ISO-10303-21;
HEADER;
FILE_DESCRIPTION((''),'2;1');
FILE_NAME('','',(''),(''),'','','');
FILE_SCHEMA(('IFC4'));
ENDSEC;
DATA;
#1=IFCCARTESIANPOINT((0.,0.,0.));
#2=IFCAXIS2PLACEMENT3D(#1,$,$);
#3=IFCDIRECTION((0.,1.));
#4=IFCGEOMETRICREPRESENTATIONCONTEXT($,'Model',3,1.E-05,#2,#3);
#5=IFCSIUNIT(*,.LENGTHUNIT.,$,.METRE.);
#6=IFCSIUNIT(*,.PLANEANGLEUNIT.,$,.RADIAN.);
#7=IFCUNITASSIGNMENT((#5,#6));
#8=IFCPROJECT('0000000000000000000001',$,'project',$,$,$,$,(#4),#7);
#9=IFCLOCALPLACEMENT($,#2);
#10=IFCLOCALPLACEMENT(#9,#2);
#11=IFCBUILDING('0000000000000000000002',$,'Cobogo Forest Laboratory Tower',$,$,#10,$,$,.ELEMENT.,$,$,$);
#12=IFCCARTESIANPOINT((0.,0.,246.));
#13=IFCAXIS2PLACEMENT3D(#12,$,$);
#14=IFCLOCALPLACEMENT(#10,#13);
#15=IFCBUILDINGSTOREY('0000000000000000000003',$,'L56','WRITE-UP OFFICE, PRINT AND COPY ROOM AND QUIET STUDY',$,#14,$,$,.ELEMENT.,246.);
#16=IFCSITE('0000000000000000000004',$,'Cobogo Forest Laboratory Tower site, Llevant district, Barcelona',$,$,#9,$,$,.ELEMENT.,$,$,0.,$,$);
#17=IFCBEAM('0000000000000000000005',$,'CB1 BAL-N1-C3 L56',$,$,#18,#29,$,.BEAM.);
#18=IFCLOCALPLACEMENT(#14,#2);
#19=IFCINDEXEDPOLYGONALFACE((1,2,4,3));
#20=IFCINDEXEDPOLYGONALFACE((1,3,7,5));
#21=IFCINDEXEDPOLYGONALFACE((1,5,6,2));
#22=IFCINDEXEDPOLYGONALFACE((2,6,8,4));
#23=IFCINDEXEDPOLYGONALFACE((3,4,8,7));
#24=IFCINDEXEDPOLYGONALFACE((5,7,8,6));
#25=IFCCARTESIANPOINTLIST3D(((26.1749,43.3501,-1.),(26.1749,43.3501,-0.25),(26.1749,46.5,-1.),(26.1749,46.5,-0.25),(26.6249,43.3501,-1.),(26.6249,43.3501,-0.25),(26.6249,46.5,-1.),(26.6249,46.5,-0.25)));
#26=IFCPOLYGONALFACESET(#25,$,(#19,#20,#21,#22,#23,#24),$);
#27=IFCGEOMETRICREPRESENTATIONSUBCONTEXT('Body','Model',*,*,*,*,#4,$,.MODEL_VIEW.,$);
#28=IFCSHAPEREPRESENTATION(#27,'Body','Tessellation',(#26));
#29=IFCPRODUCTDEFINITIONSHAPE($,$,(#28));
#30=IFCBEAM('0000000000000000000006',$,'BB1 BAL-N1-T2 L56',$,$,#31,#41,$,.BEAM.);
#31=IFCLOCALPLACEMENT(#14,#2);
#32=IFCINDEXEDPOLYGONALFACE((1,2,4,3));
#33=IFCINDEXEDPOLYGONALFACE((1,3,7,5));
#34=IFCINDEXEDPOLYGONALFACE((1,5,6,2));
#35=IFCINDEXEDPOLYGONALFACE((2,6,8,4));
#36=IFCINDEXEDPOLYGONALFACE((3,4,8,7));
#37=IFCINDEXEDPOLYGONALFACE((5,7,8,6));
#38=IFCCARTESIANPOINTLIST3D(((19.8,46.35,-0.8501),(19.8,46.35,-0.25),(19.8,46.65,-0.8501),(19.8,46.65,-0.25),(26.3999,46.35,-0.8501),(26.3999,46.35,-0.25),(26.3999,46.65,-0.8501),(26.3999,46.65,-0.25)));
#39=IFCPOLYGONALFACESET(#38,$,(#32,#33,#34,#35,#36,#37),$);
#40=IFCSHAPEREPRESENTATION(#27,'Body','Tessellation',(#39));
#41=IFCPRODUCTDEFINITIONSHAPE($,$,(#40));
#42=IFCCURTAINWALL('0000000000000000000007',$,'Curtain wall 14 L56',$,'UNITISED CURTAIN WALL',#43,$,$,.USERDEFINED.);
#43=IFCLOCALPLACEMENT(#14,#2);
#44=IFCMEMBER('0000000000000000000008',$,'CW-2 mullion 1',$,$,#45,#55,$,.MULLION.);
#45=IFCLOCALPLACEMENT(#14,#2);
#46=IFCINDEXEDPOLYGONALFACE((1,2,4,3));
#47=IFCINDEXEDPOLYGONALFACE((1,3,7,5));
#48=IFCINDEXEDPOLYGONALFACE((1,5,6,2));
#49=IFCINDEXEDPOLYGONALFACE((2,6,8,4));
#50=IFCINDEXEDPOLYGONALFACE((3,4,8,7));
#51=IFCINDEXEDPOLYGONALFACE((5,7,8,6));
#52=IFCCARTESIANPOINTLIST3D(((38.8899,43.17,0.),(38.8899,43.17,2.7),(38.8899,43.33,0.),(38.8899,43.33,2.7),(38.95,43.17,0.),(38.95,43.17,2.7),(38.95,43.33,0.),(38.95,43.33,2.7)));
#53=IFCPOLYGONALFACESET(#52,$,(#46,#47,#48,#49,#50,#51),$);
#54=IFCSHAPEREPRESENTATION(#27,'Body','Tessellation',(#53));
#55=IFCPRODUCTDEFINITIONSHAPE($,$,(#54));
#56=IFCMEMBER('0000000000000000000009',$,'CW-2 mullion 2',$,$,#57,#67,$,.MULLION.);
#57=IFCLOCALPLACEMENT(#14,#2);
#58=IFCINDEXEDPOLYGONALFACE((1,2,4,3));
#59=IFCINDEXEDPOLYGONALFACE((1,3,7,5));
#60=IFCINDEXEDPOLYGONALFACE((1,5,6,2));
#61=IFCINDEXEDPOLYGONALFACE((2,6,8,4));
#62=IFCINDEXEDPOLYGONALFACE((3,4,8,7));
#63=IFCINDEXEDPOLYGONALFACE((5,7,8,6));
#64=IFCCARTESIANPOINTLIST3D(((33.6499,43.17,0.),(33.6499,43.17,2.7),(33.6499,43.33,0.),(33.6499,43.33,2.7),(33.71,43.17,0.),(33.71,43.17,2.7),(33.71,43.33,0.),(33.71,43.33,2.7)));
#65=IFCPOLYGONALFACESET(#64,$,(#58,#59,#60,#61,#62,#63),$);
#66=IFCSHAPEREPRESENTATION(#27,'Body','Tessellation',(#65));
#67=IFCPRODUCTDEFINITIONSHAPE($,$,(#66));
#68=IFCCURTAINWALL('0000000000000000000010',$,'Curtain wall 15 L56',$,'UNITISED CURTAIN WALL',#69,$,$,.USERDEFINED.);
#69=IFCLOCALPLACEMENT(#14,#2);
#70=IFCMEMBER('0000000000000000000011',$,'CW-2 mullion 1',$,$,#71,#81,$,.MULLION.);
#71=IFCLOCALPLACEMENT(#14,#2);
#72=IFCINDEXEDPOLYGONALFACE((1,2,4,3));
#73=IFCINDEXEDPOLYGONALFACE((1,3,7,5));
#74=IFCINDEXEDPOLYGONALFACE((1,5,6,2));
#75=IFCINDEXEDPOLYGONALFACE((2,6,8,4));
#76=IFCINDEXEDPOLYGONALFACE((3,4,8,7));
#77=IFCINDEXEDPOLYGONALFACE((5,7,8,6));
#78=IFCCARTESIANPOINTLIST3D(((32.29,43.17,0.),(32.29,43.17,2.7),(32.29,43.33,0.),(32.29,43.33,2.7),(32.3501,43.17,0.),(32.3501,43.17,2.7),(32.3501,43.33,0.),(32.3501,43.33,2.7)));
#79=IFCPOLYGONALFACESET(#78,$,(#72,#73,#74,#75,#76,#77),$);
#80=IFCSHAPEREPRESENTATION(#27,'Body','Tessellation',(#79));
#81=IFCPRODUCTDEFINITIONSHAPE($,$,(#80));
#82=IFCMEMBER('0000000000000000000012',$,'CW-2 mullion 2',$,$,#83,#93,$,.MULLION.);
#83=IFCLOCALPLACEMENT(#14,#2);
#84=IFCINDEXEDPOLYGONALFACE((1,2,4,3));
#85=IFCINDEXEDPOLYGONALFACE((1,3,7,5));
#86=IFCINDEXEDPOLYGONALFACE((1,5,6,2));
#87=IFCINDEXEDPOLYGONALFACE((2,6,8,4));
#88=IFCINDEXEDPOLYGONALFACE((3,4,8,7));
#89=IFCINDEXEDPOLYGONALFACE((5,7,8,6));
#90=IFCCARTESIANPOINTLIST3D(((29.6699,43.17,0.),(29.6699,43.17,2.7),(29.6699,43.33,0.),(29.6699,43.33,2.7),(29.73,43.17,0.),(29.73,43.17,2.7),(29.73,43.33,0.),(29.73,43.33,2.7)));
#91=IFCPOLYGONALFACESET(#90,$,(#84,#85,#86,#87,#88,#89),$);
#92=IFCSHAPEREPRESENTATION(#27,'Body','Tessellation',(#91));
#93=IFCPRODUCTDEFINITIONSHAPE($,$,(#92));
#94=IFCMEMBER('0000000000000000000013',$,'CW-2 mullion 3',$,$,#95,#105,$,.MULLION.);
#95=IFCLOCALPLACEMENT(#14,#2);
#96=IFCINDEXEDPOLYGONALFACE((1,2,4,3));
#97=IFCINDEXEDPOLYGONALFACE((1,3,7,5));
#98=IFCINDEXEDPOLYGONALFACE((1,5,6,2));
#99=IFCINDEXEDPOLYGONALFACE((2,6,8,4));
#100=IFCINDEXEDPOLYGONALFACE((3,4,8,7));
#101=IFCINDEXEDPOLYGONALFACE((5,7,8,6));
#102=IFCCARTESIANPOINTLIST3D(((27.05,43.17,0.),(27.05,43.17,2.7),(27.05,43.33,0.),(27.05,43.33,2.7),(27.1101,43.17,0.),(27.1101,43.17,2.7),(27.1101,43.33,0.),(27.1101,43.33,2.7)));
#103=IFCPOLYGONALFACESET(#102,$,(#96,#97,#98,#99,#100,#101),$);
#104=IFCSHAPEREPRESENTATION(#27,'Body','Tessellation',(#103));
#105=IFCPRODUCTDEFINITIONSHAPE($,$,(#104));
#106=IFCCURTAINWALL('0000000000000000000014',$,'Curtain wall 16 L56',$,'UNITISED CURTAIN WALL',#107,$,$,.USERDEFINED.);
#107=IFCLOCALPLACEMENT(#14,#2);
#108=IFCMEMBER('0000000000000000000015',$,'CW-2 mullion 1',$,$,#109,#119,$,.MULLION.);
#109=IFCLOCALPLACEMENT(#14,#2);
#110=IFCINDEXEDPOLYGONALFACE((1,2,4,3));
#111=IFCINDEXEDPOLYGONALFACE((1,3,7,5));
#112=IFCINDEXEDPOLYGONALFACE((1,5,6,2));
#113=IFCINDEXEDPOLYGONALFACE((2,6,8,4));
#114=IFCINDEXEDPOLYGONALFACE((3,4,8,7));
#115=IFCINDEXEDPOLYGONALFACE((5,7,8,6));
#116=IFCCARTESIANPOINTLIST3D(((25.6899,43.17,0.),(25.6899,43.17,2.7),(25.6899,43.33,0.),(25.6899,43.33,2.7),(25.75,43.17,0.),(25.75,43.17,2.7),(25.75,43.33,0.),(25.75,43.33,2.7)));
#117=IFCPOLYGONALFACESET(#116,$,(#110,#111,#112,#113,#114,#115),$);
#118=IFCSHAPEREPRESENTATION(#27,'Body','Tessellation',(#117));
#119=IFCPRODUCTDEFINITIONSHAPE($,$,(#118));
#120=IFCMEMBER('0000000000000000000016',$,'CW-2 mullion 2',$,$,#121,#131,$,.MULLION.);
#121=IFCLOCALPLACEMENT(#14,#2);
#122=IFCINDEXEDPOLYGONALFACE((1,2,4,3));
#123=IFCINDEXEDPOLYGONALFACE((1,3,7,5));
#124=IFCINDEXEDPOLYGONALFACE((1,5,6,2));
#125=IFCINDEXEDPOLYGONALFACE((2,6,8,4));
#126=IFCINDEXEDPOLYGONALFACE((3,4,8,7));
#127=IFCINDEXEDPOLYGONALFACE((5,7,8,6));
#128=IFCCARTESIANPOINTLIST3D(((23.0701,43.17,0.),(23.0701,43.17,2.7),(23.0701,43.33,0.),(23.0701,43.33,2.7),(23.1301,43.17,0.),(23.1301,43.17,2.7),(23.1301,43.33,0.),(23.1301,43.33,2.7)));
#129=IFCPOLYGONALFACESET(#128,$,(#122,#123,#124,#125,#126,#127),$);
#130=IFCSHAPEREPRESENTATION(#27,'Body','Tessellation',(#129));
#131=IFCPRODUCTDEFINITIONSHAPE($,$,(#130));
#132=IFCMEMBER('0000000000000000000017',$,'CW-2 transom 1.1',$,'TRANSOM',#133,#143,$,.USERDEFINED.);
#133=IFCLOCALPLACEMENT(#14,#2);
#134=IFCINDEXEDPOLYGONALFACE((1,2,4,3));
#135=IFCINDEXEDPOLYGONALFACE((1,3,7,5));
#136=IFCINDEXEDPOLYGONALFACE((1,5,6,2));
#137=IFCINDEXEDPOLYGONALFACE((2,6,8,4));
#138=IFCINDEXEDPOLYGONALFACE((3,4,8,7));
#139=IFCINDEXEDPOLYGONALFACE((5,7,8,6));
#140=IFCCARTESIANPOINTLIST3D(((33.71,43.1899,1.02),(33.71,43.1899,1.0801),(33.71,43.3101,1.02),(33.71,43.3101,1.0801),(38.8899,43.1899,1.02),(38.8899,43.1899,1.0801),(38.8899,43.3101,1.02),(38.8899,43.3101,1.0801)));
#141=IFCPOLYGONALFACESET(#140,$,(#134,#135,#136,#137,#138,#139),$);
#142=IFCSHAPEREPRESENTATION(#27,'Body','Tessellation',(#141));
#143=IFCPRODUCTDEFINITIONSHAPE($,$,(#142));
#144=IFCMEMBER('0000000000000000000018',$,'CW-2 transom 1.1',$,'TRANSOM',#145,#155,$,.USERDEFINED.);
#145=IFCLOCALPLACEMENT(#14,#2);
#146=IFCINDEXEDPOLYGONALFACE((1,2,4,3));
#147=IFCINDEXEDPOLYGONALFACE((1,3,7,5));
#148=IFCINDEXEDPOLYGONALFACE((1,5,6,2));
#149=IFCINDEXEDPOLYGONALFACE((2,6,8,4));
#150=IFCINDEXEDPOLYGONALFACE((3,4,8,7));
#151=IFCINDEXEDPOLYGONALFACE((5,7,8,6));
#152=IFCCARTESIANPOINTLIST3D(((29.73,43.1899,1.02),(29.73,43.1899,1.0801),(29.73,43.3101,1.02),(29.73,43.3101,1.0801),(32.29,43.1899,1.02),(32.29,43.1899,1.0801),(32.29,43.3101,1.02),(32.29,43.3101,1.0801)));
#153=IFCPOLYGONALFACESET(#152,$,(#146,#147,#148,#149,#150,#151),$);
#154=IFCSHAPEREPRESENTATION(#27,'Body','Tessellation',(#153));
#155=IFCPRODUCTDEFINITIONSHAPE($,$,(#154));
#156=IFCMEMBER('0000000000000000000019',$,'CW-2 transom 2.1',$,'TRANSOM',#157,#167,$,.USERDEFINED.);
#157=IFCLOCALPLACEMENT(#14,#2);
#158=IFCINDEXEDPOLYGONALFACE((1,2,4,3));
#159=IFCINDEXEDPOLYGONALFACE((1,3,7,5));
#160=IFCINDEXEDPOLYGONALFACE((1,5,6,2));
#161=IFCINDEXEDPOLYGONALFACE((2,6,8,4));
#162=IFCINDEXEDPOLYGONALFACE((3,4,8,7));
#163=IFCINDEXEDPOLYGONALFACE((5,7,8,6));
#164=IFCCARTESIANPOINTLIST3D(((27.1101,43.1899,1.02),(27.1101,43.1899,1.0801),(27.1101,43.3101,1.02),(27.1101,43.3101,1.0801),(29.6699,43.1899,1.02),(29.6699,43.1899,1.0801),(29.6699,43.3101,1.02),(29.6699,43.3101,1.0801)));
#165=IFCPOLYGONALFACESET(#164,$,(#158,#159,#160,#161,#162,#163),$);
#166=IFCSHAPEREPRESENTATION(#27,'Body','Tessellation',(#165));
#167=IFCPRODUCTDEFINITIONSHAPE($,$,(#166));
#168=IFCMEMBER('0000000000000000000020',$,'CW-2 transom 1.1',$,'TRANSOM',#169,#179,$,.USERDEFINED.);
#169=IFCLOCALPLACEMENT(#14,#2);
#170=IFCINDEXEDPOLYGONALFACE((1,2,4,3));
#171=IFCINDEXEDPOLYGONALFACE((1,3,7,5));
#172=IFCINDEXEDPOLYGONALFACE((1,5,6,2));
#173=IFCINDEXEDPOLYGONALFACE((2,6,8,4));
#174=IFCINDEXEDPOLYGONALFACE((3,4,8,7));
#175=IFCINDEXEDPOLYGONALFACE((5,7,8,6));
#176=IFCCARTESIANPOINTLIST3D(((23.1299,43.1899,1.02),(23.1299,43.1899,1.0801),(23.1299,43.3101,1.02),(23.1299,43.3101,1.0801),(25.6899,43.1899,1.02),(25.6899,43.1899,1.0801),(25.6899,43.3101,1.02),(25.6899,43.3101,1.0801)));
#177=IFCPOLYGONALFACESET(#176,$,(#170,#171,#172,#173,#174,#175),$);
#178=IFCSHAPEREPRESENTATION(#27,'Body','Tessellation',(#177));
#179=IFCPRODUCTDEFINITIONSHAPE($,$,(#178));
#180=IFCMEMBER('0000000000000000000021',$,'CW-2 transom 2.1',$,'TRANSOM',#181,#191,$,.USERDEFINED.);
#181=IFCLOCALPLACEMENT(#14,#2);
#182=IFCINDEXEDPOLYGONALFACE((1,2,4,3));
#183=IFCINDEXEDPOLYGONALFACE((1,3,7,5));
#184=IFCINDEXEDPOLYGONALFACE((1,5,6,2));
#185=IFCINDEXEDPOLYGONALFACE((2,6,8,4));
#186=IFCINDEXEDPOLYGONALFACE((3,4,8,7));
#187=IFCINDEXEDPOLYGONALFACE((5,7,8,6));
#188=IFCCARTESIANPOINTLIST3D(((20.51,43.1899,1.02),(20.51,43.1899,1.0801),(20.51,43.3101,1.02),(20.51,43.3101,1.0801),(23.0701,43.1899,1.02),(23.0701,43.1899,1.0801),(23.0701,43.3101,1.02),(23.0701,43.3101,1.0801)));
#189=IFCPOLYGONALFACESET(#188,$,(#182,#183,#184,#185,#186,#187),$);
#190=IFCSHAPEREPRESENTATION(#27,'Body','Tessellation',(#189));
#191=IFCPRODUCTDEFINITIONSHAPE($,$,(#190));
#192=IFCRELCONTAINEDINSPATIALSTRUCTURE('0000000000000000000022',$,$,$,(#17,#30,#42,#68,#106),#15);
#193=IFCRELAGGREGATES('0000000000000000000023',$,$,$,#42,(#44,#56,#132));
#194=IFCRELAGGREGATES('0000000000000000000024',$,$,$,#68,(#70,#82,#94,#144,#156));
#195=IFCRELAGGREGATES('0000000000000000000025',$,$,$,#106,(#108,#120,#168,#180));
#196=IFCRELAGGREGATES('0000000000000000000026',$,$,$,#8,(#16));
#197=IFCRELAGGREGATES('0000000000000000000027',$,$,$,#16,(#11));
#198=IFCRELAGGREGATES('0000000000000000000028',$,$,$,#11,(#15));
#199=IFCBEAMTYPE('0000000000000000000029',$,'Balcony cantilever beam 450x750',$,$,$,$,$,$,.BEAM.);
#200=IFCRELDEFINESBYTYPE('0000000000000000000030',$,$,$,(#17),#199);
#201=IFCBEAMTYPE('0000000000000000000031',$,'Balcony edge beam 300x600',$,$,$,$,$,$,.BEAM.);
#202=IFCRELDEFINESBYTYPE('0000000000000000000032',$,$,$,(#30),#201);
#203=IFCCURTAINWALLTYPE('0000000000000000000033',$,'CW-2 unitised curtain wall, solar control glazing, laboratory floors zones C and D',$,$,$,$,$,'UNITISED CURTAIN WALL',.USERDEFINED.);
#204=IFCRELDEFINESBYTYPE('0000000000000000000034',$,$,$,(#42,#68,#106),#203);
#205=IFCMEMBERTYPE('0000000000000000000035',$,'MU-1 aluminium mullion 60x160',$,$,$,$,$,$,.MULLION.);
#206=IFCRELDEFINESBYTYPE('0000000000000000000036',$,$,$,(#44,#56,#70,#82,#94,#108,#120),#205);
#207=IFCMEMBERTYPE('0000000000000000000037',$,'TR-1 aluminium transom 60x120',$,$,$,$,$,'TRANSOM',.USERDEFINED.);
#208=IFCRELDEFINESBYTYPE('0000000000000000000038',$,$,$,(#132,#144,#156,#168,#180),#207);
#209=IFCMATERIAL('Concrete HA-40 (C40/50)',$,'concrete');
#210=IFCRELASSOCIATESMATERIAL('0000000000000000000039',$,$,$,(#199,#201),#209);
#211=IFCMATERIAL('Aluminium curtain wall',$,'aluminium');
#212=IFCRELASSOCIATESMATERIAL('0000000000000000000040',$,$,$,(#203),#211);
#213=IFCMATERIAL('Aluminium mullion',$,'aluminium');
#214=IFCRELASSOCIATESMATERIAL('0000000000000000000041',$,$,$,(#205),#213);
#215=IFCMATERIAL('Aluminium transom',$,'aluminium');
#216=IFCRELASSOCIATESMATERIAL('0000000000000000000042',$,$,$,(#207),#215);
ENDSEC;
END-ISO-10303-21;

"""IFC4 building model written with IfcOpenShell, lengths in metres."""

from ifc_helpers import new_model, si_unit, direction, frame, origin, origin_2d, place, context, subcontext, project, spatial, rectangle, extrude, material, material_profile, profile_set, type_object, element, aggregate, save


model = new_model("IFC4")

# Units and contexts
model_context = context("Model", 3, precision=1e-05, world=origin(), true_north=direction((0.0, 1.0)))
body_context = subcontext(model_context, "Body", "Model", "MODEL_VIEW")
ifc_project = project(units=[si_unit("LENGTHUNIT", "METRE"), si_unit("PLANEANGLEUNIT", "RADIAN")], contexts=[model_context])

# Site, building, storey
site_placement = place(None, origin())
site = spatial("IfcSite", under=ifc_project, at=site_placement, Name="Cobogo Forest Laboratory Tower site, Llevant district, Barcelona", CompositionType="ELEMENT", RefElevation=0.0)
building_placement = place(site_placement, origin())
building = spatial("IfcBuilding", under=site, at=building_placement, Name="Cobogo Forest Laboratory Tower", CompositionType="ELEMENT")
storey_placement = place(building_placement, frame((0.0, 0.0, 246.0)))
storey = spatial("IfcBuildingStorey", under=building, at=storey_placement, Name="L56", Description="WRITE-UP OFFICE, PRINT AND COPY ROOM AND QUIET STUDY", CompositionType="ELEMENT", Elevation=246.0)

# Beams
ifc_material_1 = material(Name="Concrete HA-40 (C40/50)", Category="concrete")
ifc_material_profile_1 = material_profile(ifc_material_1, rectangle(XDim=0.45, YDim=0.75, at=origin_2d()), Name="RC 450x750")
ifc_profile_set_1 = profile_set([ifc_material_profile_1], Name="Concrete HA-40 (C40/50)")
beam_type_1 = type_object("IfcBeamType", Name="Balcony cantilever beam 450x750", PredefinedType="BEAM", material=ifc_profile_set_1)
beam_1_placement = place(storey_placement, frame((26.3999, 43.3501, -0.625), z_axis=(0.0, 1.0, 0.0), x_axis=(-1.0, 0.0, 0.0)))
element("IfcBeam", 1, at=beam_1_placement, inside=storey, type_object=beam_type_1, Name="CB1 BAL-N1-C3 L56", PredefinedType="BEAM", context=body_context, shape_type="SweptSolid", body=[
    extrude(rectangle(XDim=0.45, YDim=0.75, at=origin_2d()), origin(), (0.0, 0.0, 1.0), 3.1499),
])
ifc_material_profile_2 = material_profile(ifc_material_1, rectangle(XDim=0.3, YDim=0.6001, at=origin_2d()), Name="RC 300x600")
ifc_profile_set_2 = profile_set([ifc_material_profile_2], Name="Concrete HA-40 (C40/50)")
beam_type_2 = type_object("IfcBeamType", Name="Balcony edge beam 300x600", PredefinedType="BEAM", material=ifc_profile_set_2)
beam_2_placement = place(storey_placement, frame((19.8, 46.5, -0.55), z_axis=(1.0, 0.0, 0.0), x_axis=(0.0, 1.0, 0.0)))
element("IfcBeam", 2, at=beam_2_placement, inside=storey, type_object=beam_type_2, Name="BB1 BAL-N1-T2 L56", PredefinedType="BEAM", context=body_context, shape_type="SweptSolid", body=[
    extrude(rectangle(XDim=0.3, YDim=0.6001, at=origin_2d()), origin(), (0.0, 0.0, 1.0), 6.5999),
])

# Curtain walls, members
ifc_material_2 = material(Name="Aluminium curtain wall", Category="aluminium")
curtain_wall_type = type_object("IfcCurtainWallType", Name="CW-2 unitised curtain wall, solar control glazing, laboratory floors zones C and D", ElementType="UNITISED CURTAIN WALL", PredefinedType="USERDEFINED", material=ifc_material_2)
curtain_wall_1_placement = place(storey_placement, origin())
curtain_wall_1 = element("IfcCurtainWall", 3, at=curtain_wall_1_placement, inside=storey, type_object=curtain_wall_type, Name="Curtain wall 14 L56", ObjectType="UNITISED CURTAIN WALL", PredefinedType="USERDEFINED")
ifc_material_3 = material(Name="Aluminium mullion", Category="aluminium")
ifc_material_profile_3 = material_profile(ifc_material_3, rectangle(XDim=0.0601, YDim=0.1599, at=origin_2d()), Name="AL 60x160")
ifc_profile_set_3 = profile_set([ifc_material_profile_3], Name="Aluminium mullion")
member_type_1 = type_object("IfcMemberType", Name="MU-1 aluminium mullion 60x160", PredefinedType="MULLION", material=ifc_profile_set_3)
member_1_placement = place(storey_placement, frame((38.9199, 43.25, 0.0), z_axis=(0.0, 0.0, 1.0), x_axis=(-1.0, 0.0, 0.0)))
member_1 = element("IfcMember", 4, at=member_1_placement, type_object=member_type_1, Name="CW-2 mullion 1", PredefinedType="MULLION", context=body_context, shape_type="SweptSolid", body=[
    extrude(rectangle(XDim=0.0601, YDim=0.1599, at=origin_2d()), origin(), (0.0, 0.0, 1.0), 2.7),
])
member_2_placement = place(storey_placement, frame((33.6799, 43.25, 0.0), z_axis=(0.0, 0.0, 1.0), x_axis=(-1.0, 0.0, 0.0)))
member_2 = element("IfcMember", 5, at=member_2_placement, type_object=member_type_1, Name="CW-2 mullion 2", PredefinedType="MULLION", context=body_context, shape_type="SweptSolid", body=[
    extrude(rectangle(XDim=0.0601, YDim=0.1599, at=origin_2d()), origin(), (0.0, 0.0, 1.0), 2.7),
])
curtain_wall_2_placement = place(storey_placement, origin())
curtain_wall_2 = element("IfcCurtainWall", 6, at=curtain_wall_2_placement, inside=storey, type_object=curtain_wall_type, Name="Curtain wall 15 L56", ObjectType="UNITISED CURTAIN WALL", PredefinedType="USERDEFINED")
member_3_placement = place(storey_placement, frame((32.3201, 43.25, 0.0), z_axis=(0.0, 0.0, 1.0), x_axis=(-1.0, 0.0, 0.0)))
member_3 = element("IfcMember", 7, at=member_3_placement, type_object=member_type_1, Name="CW-2 mullion 1", PredefinedType="MULLION", context=body_context, shape_type="SweptSolid", body=[
    extrude(rectangle(XDim=0.0601, YDim=0.1599, at=origin_2d()), origin(), (0.0, 0.0, 1.0), 2.7),
])
member_4_placement = place(storey_placement, frame((29.7, 43.25, 0.0), z_axis=(0.0, 0.0, 1.0), x_axis=(-1.0, 0.0, 0.0)))
member_4 = element("IfcMember", 8, at=member_4_placement, type_object=member_type_1, Name="CW-2 mullion 2", PredefinedType="MULLION", context=body_context, shape_type="SweptSolid", body=[
    extrude(rectangle(XDim=0.0601, YDim=0.1599, at=origin_2d()), origin(), (0.0, 0.0, 1.0), 2.7),
])
member_5_placement = place(storey_placement, frame((27.0801, 43.25, 0.0), z_axis=(0.0, 0.0, 1.0), x_axis=(-1.0, 0.0, 0.0)))
member_5 = element("IfcMember", 9, at=member_5_placement, type_object=member_type_1, Name="CW-2 mullion 3", PredefinedType="MULLION", context=body_context, shape_type="SweptSolid", body=[
    extrude(rectangle(XDim=0.0601, YDim=0.1599, at=origin_2d()), origin(), (0.0, 0.0, 1.0), 2.7),
])
curtain_wall_3_placement = place(storey_placement, origin())
curtain_wall_3 = element("IfcCurtainWall", 10, at=curtain_wall_3_placement, inside=storey, type_object=curtain_wall_type, Name="Curtain wall 16 L56", ObjectType="UNITISED CURTAIN WALL", PredefinedType="USERDEFINED")
member_6_placement = place(storey_placement, frame((25.72, 43.25, 0.0), z_axis=(0.0, 0.0, 1.0), x_axis=(-1.0, 0.0, 0.0)))
member_6 = element("IfcMember", 11, at=member_6_placement, type_object=member_type_1, Name="CW-2 mullion 1", PredefinedType="MULLION", context=body_context, shape_type="SweptSolid", body=[
    extrude(rectangle(XDim=0.0601, YDim=0.1599, at=origin_2d()), origin(), (0.0, 0.0, 1.0), 2.7),
])
member_7_placement = place(storey_placement, frame((23.1001, 43.25, 0.0), z_axis=(0.0, 0.0, 1.0), x_axis=(-1.0, 0.0, 0.0)))
member_7 = element("IfcMember", 12, at=member_7_placement, type_object=member_type_1, Name="CW-2 mullion 2", PredefinedType="MULLION", context=body_context, shape_type="SweptSolid", body=[
    extrude(rectangle(XDim=0.0601, YDim=0.1599, at=origin_2d()), origin(), (0.0, 0.0, 1.0), 2.7),
])

# Members
ifc_material_4 = material(Name="Aluminium transom", Category="aluminium")
ifc_material_profile_4 = material_profile(ifc_material_4, rectangle(XDim=0.1201, YDim=0.0601, at=origin_2d()), Name="AL 60x120")
ifc_profile_set_4 = profile_set([ifc_material_profile_4], Name="Aluminium transom")
member_type_2 = type_object("IfcMemberType", Name="TR-1 aluminium transom 60x120", ElementType="TRANSOM", PredefinedType="USERDEFINED", material=ifc_profile_set_4)
member_8_placement = place(storey_placement, frame((38.8899, 43.25, 1.05), z_axis=(-1.0, 0.0, 0.0), x_axis=(0.0, -1.0, 0.0)))
member_8 = element("IfcMember", 13, at=member_8_placement, type_object=member_type_2, Name="CW-2 transom 1.1", ObjectType="TRANSOM", PredefinedType="USERDEFINED", context=body_context, shape_type="SweptSolid", body=[
    extrude(rectangle(XDim=0.1201, YDim=0.0601, at=origin_2d()), origin(), (0.0, 0.0, 1.0), 5.1799),
])
member_9_placement = place(storey_placement, frame((32.29, 43.25, 1.05), z_axis=(-1.0, 0.0, 0.0), x_axis=(0.0, -1.0, 0.0)))
member_9 = element("IfcMember", 14, at=member_9_placement, type_object=member_type_2, Name="CW-2 transom 1.1", ObjectType="TRANSOM", PredefinedType="USERDEFINED", context=body_context, shape_type="SweptSolid", body=[
    extrude(rectangle(XDim=0.1201, YDim=0.0601, at=origin_2d()), origin(), (0.0, 0.0, 1.0), 2.5601),
])
member_10_placement = place(storey_placement, frame((29.6699, 43.25, 1.05), z_axis=(-1.0, 0.0, 0.0), x_axis=(0.0, -1.0, 0.0)))
member_10 = element("IfcMember", 15, at=member_10_placement, type_object=member_type_2, Name="CW-2 transom 2.1", ObjectType="TRANSOM", PredefinedType="USERDEFINED", context=body_context, shape_type="SweptSolid", body=[
    extrude(rectangle(XDim=0.1201, YDim=0.0601, at=origin_2d()), origin(), (0.0, 0.0, 1.0), 2.5598),
])
member_11_placement = place(storey_placement, frame((25.6899, 43.25, 1.05), z_axis=(-1.0, 0.0, 0.0), x_axis=(0.0, -1.0, 0.0)))
member_11 = element("IfcMember", 16, at=member_11_placement, type_object=member_type_2, Name="CW-2 transom 1.1", ObjectType="TRANSOM", PredefinedType="USERDEFINED", context=body_context, shape_type="SweptSolid", body=[
    extrude(rectangle(XDim=0.1201, YDim=0.0601, at=origin_2d()), origin(), (0.0, 0.0, 1.0), 2.5601),
])
member_12_placement = place(storey_placement, frame((23.0701, 43.25, 1.05), z_axis=(-1.0, 0.0, 0.0), x_axis=(0.0, -1.0, 0.0)))
member_12 = element("IfcMember", 17, at=member_12_placement, type_object=member_type_2, Name="CW-2 transom 2.1", ObjectType="TRANSOM", PredefinedType="USERDEFINED", context=body_context, shape_type="SweptSolid", body=[
    extrude(rectangle(XDim=0.1201, YDim=0.0601, at=origin_2d()), origin(), (0.0, 0.0, 1.0), 2.5601),
])

aggregate(curtain_wall_1, [member_1, member_2, member_8])
aggregate(curtain_wall_2, [member_3, member_4, member_5, member_9, member_10])
aggregate(curtain_wall_3, [member_6, member_7, member_11, member_12])

save(model, "model.ifc")
